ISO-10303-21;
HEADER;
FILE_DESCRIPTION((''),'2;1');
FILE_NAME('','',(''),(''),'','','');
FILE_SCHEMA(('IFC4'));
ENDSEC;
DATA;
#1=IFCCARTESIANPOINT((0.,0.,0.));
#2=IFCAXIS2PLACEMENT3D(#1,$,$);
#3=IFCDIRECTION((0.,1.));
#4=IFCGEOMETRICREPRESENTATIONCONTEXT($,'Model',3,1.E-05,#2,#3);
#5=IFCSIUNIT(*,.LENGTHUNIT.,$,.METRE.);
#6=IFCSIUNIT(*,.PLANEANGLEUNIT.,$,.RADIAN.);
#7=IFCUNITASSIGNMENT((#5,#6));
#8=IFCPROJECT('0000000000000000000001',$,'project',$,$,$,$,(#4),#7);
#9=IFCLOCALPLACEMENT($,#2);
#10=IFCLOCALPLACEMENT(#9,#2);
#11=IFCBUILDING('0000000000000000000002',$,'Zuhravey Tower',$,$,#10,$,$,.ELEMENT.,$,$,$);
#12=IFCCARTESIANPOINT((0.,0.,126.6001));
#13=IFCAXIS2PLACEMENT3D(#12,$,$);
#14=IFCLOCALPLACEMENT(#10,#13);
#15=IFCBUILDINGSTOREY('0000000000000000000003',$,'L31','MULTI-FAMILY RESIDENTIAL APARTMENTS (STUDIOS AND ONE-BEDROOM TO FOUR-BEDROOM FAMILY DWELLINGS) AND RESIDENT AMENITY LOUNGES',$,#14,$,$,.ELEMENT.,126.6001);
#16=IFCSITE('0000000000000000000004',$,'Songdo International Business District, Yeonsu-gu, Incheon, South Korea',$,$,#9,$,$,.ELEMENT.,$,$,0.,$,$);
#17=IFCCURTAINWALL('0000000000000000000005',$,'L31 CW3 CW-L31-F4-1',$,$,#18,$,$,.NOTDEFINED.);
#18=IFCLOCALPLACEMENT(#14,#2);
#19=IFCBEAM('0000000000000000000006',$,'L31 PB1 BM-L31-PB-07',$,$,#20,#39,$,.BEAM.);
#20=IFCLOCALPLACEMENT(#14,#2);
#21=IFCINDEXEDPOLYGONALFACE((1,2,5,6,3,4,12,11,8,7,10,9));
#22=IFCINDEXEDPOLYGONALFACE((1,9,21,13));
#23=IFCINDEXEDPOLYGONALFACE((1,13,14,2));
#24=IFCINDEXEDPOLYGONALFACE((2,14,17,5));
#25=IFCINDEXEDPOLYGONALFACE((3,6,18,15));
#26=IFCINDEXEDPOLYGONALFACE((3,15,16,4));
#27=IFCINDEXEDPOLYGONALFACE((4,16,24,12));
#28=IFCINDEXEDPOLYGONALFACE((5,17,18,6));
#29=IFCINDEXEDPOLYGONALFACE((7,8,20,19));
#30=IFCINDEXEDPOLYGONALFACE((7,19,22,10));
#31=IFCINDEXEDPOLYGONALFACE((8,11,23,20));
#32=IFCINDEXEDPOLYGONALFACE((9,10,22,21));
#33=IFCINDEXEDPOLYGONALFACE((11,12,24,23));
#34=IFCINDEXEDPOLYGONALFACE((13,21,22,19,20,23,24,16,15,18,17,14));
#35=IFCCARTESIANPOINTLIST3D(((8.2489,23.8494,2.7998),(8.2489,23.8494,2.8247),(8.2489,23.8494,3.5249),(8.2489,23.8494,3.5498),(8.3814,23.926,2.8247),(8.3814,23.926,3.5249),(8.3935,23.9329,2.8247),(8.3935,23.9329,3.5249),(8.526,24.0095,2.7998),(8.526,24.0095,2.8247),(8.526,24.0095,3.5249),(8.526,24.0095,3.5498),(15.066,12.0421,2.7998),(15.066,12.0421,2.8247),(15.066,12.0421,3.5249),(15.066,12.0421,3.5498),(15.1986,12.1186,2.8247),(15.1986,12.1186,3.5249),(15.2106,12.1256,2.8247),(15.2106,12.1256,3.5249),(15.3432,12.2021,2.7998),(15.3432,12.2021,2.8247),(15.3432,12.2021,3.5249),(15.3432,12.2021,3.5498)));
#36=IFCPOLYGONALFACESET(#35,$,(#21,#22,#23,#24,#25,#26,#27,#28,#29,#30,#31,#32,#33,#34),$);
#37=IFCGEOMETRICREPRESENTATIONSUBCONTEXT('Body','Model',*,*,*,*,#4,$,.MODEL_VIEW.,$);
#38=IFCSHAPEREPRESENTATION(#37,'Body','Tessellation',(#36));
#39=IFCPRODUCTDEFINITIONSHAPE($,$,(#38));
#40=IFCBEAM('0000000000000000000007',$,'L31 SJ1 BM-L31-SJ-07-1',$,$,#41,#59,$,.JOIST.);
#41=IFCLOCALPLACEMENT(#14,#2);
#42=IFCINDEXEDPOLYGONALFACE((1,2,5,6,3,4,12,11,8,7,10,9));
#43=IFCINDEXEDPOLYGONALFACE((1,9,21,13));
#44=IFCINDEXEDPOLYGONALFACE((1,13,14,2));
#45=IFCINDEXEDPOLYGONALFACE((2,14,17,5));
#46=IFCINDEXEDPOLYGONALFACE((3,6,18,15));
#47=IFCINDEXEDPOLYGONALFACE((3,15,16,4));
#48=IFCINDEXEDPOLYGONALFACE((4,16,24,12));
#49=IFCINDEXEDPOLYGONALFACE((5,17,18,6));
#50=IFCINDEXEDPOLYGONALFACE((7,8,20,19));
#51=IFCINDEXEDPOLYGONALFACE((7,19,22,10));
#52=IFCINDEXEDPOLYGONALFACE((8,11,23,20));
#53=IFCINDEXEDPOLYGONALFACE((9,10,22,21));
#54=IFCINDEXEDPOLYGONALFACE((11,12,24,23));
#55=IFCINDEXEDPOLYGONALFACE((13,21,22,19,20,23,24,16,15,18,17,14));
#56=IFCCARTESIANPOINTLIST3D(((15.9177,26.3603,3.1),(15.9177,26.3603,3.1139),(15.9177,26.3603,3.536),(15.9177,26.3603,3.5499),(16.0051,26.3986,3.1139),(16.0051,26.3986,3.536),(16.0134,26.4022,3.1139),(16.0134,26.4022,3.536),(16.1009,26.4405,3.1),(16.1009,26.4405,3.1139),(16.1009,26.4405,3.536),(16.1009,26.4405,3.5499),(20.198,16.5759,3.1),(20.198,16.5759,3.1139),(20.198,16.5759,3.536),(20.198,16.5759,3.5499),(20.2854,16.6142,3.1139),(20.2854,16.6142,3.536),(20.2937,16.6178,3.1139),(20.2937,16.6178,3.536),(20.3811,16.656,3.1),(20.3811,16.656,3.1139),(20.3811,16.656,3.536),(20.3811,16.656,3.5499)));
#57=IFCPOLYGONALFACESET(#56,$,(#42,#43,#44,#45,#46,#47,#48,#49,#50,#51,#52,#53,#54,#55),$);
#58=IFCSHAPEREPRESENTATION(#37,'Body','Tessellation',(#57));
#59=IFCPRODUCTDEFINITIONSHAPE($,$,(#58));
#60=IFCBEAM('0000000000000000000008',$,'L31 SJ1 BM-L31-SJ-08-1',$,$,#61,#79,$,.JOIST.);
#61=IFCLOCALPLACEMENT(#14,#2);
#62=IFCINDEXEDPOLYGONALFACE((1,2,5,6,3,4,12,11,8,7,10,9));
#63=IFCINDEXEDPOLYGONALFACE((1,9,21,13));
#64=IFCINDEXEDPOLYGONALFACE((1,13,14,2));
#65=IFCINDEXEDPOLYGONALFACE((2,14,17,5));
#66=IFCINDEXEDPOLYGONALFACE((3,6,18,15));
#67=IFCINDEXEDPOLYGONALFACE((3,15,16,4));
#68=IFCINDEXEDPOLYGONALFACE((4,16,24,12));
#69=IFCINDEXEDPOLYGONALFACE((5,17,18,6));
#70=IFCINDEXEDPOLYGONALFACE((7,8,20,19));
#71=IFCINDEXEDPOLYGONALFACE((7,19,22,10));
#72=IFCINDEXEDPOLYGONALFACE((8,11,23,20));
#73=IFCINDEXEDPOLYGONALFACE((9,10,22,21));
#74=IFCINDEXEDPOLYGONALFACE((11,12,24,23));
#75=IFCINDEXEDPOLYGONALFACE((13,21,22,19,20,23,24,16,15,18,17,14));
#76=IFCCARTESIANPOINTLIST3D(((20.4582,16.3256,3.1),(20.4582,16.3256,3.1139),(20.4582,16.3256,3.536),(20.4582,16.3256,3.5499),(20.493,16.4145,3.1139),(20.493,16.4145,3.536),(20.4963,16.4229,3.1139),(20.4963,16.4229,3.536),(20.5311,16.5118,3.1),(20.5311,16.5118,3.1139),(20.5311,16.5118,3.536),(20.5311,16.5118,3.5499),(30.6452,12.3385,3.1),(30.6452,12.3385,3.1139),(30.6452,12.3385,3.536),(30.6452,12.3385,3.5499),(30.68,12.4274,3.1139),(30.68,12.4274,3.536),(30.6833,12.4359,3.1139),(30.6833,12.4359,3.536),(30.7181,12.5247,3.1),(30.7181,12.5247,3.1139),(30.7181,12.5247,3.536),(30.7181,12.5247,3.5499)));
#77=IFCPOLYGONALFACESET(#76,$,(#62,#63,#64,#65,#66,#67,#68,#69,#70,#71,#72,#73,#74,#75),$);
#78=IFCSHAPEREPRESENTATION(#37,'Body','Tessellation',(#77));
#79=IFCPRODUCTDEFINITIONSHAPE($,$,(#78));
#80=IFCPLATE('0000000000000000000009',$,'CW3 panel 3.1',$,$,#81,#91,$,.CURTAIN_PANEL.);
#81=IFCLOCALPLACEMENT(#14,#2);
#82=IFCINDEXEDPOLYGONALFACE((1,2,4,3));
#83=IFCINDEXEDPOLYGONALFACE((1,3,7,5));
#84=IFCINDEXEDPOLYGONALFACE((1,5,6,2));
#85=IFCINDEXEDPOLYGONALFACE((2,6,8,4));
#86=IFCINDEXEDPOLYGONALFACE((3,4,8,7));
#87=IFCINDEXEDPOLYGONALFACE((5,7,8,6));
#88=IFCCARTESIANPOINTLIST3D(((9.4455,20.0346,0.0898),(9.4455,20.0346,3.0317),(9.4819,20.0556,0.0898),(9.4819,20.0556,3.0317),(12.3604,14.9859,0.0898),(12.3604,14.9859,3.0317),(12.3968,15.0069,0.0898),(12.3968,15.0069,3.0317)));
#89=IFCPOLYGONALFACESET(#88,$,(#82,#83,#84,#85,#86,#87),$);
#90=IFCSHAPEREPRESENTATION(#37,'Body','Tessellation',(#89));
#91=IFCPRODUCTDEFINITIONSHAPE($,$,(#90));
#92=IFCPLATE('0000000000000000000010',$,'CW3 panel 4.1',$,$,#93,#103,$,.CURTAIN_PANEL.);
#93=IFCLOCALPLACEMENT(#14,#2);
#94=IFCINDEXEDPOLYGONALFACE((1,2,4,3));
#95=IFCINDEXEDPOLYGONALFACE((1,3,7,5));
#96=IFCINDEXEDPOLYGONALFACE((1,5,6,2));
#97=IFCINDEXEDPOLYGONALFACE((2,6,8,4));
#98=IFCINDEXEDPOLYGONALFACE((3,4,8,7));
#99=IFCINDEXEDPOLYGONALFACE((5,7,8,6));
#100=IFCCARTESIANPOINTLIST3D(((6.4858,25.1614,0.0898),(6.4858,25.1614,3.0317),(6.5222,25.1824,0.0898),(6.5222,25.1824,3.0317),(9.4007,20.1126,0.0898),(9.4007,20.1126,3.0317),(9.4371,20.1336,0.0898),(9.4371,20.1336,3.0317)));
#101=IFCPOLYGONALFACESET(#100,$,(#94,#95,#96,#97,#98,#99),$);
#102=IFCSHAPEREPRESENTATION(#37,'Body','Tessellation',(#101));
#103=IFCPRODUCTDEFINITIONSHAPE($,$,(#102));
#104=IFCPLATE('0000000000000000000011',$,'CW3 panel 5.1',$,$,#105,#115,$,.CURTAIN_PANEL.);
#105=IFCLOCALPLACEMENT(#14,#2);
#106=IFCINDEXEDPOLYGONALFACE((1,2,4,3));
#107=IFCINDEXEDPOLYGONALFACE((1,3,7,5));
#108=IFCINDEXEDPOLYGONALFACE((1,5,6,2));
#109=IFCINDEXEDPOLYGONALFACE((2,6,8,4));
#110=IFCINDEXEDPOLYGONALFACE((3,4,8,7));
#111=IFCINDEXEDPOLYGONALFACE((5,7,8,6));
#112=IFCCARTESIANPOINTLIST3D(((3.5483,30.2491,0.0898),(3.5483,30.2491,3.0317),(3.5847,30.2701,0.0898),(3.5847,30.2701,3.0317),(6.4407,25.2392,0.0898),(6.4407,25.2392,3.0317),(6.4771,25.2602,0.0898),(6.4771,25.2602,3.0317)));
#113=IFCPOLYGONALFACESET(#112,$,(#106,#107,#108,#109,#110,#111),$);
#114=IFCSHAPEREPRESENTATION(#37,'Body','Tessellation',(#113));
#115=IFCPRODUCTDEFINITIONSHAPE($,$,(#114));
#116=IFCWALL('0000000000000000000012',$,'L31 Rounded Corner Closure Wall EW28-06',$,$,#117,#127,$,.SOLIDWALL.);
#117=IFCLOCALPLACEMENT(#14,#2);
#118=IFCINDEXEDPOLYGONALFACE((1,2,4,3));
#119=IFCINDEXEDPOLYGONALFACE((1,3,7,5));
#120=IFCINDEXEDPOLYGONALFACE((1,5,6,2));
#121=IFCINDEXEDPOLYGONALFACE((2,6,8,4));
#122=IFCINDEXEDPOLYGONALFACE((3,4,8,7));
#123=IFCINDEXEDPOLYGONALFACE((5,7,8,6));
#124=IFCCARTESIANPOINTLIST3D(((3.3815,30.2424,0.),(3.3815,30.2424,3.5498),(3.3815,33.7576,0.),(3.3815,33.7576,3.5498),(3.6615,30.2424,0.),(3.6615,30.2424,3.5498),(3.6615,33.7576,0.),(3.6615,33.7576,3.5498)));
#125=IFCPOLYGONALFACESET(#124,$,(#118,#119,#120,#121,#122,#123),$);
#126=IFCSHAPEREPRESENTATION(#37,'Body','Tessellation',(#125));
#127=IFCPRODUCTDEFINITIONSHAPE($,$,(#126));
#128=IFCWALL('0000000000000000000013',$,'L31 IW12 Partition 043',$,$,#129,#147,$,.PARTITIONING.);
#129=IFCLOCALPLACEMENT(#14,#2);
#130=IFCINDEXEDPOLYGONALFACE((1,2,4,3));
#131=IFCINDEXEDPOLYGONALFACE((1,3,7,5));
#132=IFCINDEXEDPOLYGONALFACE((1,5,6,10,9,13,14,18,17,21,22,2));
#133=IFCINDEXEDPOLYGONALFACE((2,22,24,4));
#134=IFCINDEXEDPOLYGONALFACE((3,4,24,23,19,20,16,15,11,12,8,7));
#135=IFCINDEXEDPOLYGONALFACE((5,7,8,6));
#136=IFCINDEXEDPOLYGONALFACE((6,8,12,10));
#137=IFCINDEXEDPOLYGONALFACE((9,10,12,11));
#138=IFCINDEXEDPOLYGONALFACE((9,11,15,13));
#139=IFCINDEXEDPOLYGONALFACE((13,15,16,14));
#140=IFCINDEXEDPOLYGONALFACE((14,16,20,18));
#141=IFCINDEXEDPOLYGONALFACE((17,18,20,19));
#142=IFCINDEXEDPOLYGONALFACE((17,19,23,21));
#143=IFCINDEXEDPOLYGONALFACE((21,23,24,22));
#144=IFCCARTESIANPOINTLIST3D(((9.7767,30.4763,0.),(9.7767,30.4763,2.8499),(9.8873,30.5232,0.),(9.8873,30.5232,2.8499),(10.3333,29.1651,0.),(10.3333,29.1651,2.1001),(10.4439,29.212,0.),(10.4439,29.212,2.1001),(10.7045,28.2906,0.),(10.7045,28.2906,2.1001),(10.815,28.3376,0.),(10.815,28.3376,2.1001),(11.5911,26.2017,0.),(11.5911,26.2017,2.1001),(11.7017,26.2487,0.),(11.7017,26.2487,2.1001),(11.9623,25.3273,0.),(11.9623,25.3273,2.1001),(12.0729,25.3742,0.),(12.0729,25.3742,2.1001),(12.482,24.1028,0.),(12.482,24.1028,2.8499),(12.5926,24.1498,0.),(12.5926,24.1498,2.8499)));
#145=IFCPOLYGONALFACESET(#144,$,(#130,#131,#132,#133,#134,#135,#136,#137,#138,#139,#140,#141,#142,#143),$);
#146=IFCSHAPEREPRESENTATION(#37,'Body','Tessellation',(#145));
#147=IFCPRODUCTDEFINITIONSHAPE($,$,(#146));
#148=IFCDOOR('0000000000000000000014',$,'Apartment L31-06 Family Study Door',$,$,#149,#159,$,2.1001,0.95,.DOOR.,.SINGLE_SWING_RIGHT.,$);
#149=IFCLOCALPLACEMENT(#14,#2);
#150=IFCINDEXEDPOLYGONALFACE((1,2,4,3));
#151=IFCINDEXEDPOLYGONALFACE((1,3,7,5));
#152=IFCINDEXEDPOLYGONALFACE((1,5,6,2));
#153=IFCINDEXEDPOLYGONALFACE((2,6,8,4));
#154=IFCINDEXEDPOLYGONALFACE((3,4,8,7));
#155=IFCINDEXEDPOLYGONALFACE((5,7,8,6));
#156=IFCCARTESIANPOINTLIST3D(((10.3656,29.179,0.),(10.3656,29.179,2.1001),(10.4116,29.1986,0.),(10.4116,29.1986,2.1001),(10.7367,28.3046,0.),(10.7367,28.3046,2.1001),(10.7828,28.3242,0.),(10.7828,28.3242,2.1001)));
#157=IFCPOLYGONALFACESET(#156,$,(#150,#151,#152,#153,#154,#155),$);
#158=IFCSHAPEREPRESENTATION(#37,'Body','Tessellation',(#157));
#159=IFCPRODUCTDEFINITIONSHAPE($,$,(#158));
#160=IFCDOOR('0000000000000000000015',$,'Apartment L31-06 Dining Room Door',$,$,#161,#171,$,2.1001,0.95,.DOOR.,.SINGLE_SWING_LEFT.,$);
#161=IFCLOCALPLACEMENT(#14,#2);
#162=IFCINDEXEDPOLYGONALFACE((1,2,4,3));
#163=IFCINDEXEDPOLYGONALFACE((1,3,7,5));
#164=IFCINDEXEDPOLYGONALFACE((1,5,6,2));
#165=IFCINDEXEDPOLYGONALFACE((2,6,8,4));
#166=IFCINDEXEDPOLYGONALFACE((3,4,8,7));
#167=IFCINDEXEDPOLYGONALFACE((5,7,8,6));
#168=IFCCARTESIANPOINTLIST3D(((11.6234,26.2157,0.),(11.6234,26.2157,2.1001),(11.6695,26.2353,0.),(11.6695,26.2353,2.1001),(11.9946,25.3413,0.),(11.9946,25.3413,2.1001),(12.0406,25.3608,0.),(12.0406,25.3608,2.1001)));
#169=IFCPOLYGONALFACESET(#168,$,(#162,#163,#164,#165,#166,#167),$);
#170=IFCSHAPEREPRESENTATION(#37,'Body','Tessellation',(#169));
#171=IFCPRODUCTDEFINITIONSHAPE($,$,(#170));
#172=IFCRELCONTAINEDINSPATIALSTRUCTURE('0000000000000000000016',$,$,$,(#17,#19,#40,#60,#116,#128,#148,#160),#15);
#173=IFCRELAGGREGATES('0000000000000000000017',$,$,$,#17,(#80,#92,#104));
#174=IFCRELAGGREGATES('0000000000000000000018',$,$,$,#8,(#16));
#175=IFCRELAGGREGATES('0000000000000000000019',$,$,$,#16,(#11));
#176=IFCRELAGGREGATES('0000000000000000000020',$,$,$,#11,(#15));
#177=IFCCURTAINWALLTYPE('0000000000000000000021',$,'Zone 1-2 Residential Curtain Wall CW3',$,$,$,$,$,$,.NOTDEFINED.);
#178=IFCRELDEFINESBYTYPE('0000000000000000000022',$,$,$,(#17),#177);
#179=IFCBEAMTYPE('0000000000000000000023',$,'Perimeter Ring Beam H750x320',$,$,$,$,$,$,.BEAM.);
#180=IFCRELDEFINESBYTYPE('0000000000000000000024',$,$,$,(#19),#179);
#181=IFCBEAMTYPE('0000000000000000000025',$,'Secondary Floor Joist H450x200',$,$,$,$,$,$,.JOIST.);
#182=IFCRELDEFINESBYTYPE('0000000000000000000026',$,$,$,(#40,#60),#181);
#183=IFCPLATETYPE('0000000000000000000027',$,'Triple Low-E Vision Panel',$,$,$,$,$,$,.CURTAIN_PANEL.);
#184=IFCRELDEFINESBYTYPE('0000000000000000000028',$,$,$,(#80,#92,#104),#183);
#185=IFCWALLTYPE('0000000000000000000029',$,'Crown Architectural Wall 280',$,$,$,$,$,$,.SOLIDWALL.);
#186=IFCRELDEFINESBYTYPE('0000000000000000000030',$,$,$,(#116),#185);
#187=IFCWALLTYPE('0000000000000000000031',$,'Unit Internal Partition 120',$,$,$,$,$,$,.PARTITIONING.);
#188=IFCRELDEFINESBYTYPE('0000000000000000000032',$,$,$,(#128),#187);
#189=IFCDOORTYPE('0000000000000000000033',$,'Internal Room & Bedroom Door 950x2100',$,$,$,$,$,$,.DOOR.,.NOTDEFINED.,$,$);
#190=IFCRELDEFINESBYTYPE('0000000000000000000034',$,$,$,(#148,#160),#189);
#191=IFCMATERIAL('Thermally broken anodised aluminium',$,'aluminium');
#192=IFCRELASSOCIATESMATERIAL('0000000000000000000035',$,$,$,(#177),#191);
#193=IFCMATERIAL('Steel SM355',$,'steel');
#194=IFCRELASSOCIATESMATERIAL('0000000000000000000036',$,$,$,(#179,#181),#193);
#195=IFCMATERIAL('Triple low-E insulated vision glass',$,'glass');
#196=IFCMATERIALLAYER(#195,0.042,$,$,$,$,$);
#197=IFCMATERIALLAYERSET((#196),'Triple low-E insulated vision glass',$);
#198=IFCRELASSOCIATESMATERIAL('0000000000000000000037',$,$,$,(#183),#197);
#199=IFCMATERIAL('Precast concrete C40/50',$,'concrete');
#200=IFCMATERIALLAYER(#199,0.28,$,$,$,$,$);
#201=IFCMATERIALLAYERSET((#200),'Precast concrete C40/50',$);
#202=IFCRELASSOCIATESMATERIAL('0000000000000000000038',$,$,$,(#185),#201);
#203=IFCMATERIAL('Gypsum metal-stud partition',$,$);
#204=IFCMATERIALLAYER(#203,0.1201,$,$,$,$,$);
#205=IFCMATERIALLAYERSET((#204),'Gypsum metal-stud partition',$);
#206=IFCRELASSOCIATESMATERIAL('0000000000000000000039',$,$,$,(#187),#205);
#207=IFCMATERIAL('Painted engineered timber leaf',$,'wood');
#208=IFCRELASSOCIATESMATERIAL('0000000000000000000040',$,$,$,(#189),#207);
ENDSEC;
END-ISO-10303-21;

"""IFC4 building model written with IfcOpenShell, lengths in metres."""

from ifc_helpers import new_model, si_unit, direction, frame, frame_2d, origin, origin_2d, place, context, subcontext, project, spatial, rectangle, i_section, extrude, material, layer, layer_set, material_profile, profile_set, type_object, element, fill, aggregate, save


model = new_model("IFC4")

# Units and contexts
model_context = context("Model", 3, precision=1e-05, world=origin(), true_north=direction((0.0, 1.0)))
body_context = subcontext(model_context, "Body", "Model", "MODEL_VIEW")
ifc_project = project(units=[si_unit("LENGTHUNIT", "METRE"), si_unit("PLANEANGLEUNIT", "RADIAN")], contexts=[model_context])

# Site, building, storey
site_placement = place(None, origin())
site = spatial("IfcSite", under=ifc_project, at=site_placement, Name="Songdo International Business District, Yeonsu-gu, Incheon, South Korea", CompositionType="ELEMENT", RefElevation=0.0)
building_placement = place(site_placement, origin())
building = spatial("IfcBuilding", under=site, at=building_placement, Name="Zuhravey Tower", CompositionType="ELEMENT")
storey_placement = place(building_placement, frame((0.0, 0.0, 126.6001)))
storey = spatial("IfcBuildingStorey", under=building, at=storey_placement, Name="L31", Description="MULTI-FAMILY RESIDENTIAL APARTMENTS (STUDIOS AND ONE-BEDROOM TO FOUR-BEDROOM FAMILY DWELLINGS) AND RESIDENT AMENITY LOUNGES", CompositionType="ELEMENT", Elevation=126.6001)

# Curtain wall
ifc_material_1 = material(Name="Thermally broken anodised aluminium", Category="aluminium")
curtain_wall_type = type_object("IfcCurtainWallType", Name="Zone 1-2 Residential Curtain Wall CW3", PredefinedType="NOTDEFINED", material=ifc_material_1)
curtain_wall_placement = place(storey_placement, origin())
curtain_wall = element("IfcCurtainWall", 1, at=curtain_wall_placement, inside=storey, type_object=curtain_wall_type, Name="L31 CW3 CW-L31-F4-1", PredefinedType="NOTDEFINED")

# Beams
ifc_material_2 = material(Name="Steel SM355", Category="steel")
ifc_material_profile_1 = material_profile(ifc_material_2, i_section(OverallWidth=0.3201, OverallDepth=0.75, WebThickness=0.0139, FlangeThickness=0.0249, at=origin_2d()), Name="H-750x320x14x25")
ifc_profile_set_1 = profile_set([ifc_material_profile_1], Name="Steel SM355")
beam_type_1 = type_object("IfcBeamType", Name="Perimeter Ring Beam H750x320", PredefinedType="BEAM", material=ifc_profile_set_1)
beam_1_placement = place(storey_placement, frame((8.3875, 23.9294, 3.1748), z_axis=(0.500008, -0.866021, 0.0), x_axis=(0.866021, 0.500008, 0.0)))
element("IfcBeam", 2, at=beam_1_placement, inside=storey, type_object=beam_type_1, Name="L31 PB1 BM-L31-PB-07", PredefinedType="BEAM", context=body_context, shape_type="SweptSolid", body=[
    extrude(i_section(OverallWidth=0.3201, OverallDepth=0.75, WebThickness=0.0139, FlangeThickness=0.0249, at=origin_2d()), origin(), (0.0, 0.0, 1.0), 13.634),
])
ifc_material_profile_2 = material_profile(ifc_material_2, i_section(OverallWidth=0.2, OverallDepth=0.45, WebThickness=0.009, FlangeThickness=0.0139, at=origin_2d()), Name="H-450x200x9x14")
ifc_profile_set_2 = profile_set([ifc_material_profile_2], Name="Steel SM355")
beam_type_2 = type_object("IfcBeamType", Name="Secondary Floor Joist H450x200", PredefinedType="JOIST", material=ifc_profile_set_2)
beam_2_placement = place(storey_placement, frame((16.0093, 26.4004, 3.325), z_axis=(0.400786, -0.916172, 0.0), x_axis=(0.916172, 0.400786, 0.0)))
element("IfcBeam", 3, at=beam_2_placement, inside=storey, type_object=beam_type_2, Name="L31 SJ1 BM-L31-SJ-07-1", PredefinedType="JOIST", context=body_context, shape_type="SweptSolid", body=[
    extrude(i_section(OverallWidth=0.2, OverallDepth=0.45, WebThickness=0.009, FlangeThickness=0.0139, at=origin_2d()), origin(), (0.0, 0.0, 1.0), 10.6797),
])
beam_3_placement = place(storey_placement, frame((20.4946, 16.4187, 3.325), z_axis=(0.931217, -0.364466, 0.0), x_axis=(0.364466, 0.931217, 0.0)))
element("IfcBeam", 4, at=beam_3_placement, inside=storey, type_object=beam_type_2, Name="L31 SJ1 BM-L31-SJ-08-1", PredefinedType="JOIST", context=body_context, shape_type="SweptSolid", body=[
    extrude(i_section(OverallWidth=0.2, OverallDepth=0.45, WebThickness=0.009, FlangeThickness=0.0139, at=origin_2d()), origin(), (0.0, 0.0, 1.0), 10.9395),
])

# Plates
ifc_material_3 = material(Name="Triple low-E insulated vision glass", Category="glass")
ifc_layer_1 = layer(ifc_material_3, 0.042)
ifc_layer_set_1 = layer_set([ifc_layer_1], Name="Triple low-E insulated vision glass")
plate_type = type_object("IfcPlateType", Name="Triple Low-E Vision Panel", PredefinedType="CURTAIN_PANEL", material=ifc_layer_set_1)
plate_1_placement = place(storey_placement, frame((10.9211, 17.5208, 0.0898), z_axis=(0.0, 0.0, 1.0), x_axis=(-0.5, 0.866026, 0.0)))
plate_1 = element("IfcPlate", 5, at=plate_1_placement, type_object=plate_type, Name="CW3 panel 3.1", PredefinedType="CURTAIN_PANEL", context=body_context, shape_type="SweptSolid", body=[
    extrude(rectangle(XDim=5.8298, YDim=0.042, at=origin_2d()), origin(), (0.0, 0.0, 1.0), 2.9419),
])
plate_2_placement = place(storey_placement, frame((7.9614, 22.6475, 0.0898), z_axis=(0.0, 0.0, 1.0), x_axis=(-0.5, 0.866026, 0.0)))
plate_2 = element("IfcPlate", 6, at=plate_2_placement, type_object=plate_type, Name="CW3 panel 4.1", PredefinedType="CURTAIN_PANEL", context=body_context, shape_type="SweptSolid", body=[
    extrude(rectangle(XDim=5.8298, YDim=0.042, at=origin_2d()), origin(), (0.0, 0.0, 1.0), 2.9419),
])
plate_3_placement = place(storey_placement, frame((5.0127, 27.7546, 0.0898), z_axis=(0.0, 0.0, 1.0), x_axis=(-0.5, 0.866026, 0.0)))
plate_3 = element("IfcPlate", 7, at=plate_3_placement, type_object=plate_type, Name="CW3 panel 5.1", PredefinedType="CURTAIN_PANEL", context=body_context, shape_type="SweptSolid", body=[
    extrude(rectangle(XDim=5.7849, YDim=0.042, at=origin_2d()), origin(), (0.0, 0.0, 1.0), 2.9419),
])
aggregate(curtain_wall, [plate_1, plate_2, plate_3])

# Wall
ifc_material_4 = material(Name="Precast concrete C40/50", Category="concrete")
ifc_layer_2 = layer(ifc_material_4, 0.28)
ifc_layer_set_2 = layer_set([ifc_layer_2], Name="Precast concrete C40/50")
wall_type_1 = type_object("IfcWallType", Name="Crown Architectural Wall 280", PredefinedType="SOLIDWALL", material=ifc_layer_set_2)
wall_1_placement = place(storey_placement, frame((3.5215, 30.2424, 0.0), z_axis=(0.0, 0.0, 1.0), x_axis=(0.0, 1.0, 0.0)))
element("IfcWall", 8, at=wall_1_placement, inside=storey, type_object=wall_type_1, Name="L31 Rounded Corner Closure Wall EW28-06", PredefinedType="SOLIDWALL", context=body_context, shape_type="SweptSolid", body=[
    extrude(rectangle(XDim=3.5151, YDim=0.28, at=frame_2d((1.7576, 0.0))), origin(), (0.0, 0.0, 1.0), 3.5498),
])

# Wall, openings, doors
ifc_material_5 = material(Name="Gypsum metal-stud partition")
ifc_layer_3 = layer(ifc_material_5, 0.1201)
ifc_layer_set_3 = layer_set([ifc_layer_3], Name="Gypsum metal-stud partition")
wall_type_2 = type_object("IfcWallType", Name="Unit Internal Partition 120", PredefinedType="PARTITIONING", material=ifc_layer_set_3)
wall_2_placement = place(storey_placement, frame((9.832, 30.4998, 0.0), z_axis=(0.0, 0.0, 1.0), x_axis=(0.390721, -0.920509, 0.0)))
wall_2 = element("IfcWall", 9, at=wall_2_placement, inside=storey, type_object=wall_type_2, Name="L31 IW12 Partition 043", PredefinedType="PARTITIONING", context=body_context, shape_type="SweptSolid", body=[
    extrude(rectangle(XDim=6.9238, YDim=0.1201, at=frame_2d((3.4619, 0.0))), origin(), (0.0, 0.0, 1.0), 2.8499),
])
opening_1_placement = place(wall_2_placement, frame((1.4243, 0.0, 0.0)))
opening_1 = element("IfcOpeningElement", 10, at=opening_1_placement, cuts=wall_2, PredefinedType="OPENING", context=body_context, shape_type="SweptSolid", body=[
    extrude(rectangle(XDim=0.95, YDim=2.1001, at=frame_2d((0.4751, 1.05))), frame((0.0, 0.072, 0.0), z_axis=(0.0, -1.0, 0.0), x_axis=(1.0, 0.0, 0.0)), (0.0, 0.0, 1.0), 0.144),
])
opening_2_placement = place(wall_2_placement, frame((4.6436, 0.0, 0.0)))
opening_2 = element("IfcOpeningElement", 11, at=opening_2_placement, cuts=wall_2, PredefinedType="OPENING", context=body_context, shape_type="SweptSolid", body=[
    extrude(rectangle(XDim=0.95, YDim=2.1001, at=frame_2d((0.4751, 1.05))), frame((0.0, 0.072, 0.0), z_axis=(0.0, -1.0, 0.0), x_axis=(1.0, 0.0, 0.0)), (0.0, 0.0, 1.0), 0.144),
])
ifc_material_6 = material(Name="Painted engineered timber leaf", Category="wood")
door_type = type_object("IfcDoorType", Name="Internal Room & Bedroom Door 950x2100", OperationType="NOTDEFINED", PredefinedType="DOOR", material=ifc_material_6)
door_1_placement = place(opening_1_placement, frame((0.95, 0.0, 0.0), z_axis=(0.0, 0.0, 1.0), x_axis=(-1.0, 0.0, 0.0)))
door_1 = element("IfcDoor", 12, at=door_1_placement, inside=storey, type_object=door_type, Name="Apartment L31-06 Family Study Door", OperationType="SINGLE_SWING_RIGHT", OverallHeight=2.1001, OverallWidth=0.95, PredefinedType="DOOR", context=body_context, shape_type="SweptSolid", body=[
    extrude(rectangle(XDim=0.95, YDim=2.1001, at=frame_2d((0.4751, 1.05))), frame((0.0, 0.0249, 0.0), z_axis=(0.0, -1.0, 0.0), x_axis=(1.0, 0.0, 0.0)), (0.0, 0.0, 1.0), 0.05),
])
fill(opening_1, door_1)
door_2_placement = place(opening_2_placement, frame((0.95, 0.0, 0.0), z_axis=(0.0, 0.0, 1.0), x_axis=(-1.0, 0.0, 0.0)))
door_2 = element("IfcDoor", 13, at=door_2_placement, inside=storey, type_object=door_type, Name="Apartment L31-06 Dining Room Door", OperationType="SINGLE_SWING_LEFT", OverallHeight=2.1001, OverallWidth=0.95, PredefinedType="DOOR", context=body_context, shape_type="SweptSolid", body=[
    extrude(rectangle(XDim=0.95, YDim=2.1001, at=frame_2d((0.4751, 1.05))), frame((0.0, 0.0249, 0.0), z_axis=(0.0, -1.0, 0.0), x_axis=(1.0, 0.0, 0.0)), (0.0, 0.0, 1.0), 0.05),
])
fill(opening_2, door_2)

save(model, "model.ifc")
